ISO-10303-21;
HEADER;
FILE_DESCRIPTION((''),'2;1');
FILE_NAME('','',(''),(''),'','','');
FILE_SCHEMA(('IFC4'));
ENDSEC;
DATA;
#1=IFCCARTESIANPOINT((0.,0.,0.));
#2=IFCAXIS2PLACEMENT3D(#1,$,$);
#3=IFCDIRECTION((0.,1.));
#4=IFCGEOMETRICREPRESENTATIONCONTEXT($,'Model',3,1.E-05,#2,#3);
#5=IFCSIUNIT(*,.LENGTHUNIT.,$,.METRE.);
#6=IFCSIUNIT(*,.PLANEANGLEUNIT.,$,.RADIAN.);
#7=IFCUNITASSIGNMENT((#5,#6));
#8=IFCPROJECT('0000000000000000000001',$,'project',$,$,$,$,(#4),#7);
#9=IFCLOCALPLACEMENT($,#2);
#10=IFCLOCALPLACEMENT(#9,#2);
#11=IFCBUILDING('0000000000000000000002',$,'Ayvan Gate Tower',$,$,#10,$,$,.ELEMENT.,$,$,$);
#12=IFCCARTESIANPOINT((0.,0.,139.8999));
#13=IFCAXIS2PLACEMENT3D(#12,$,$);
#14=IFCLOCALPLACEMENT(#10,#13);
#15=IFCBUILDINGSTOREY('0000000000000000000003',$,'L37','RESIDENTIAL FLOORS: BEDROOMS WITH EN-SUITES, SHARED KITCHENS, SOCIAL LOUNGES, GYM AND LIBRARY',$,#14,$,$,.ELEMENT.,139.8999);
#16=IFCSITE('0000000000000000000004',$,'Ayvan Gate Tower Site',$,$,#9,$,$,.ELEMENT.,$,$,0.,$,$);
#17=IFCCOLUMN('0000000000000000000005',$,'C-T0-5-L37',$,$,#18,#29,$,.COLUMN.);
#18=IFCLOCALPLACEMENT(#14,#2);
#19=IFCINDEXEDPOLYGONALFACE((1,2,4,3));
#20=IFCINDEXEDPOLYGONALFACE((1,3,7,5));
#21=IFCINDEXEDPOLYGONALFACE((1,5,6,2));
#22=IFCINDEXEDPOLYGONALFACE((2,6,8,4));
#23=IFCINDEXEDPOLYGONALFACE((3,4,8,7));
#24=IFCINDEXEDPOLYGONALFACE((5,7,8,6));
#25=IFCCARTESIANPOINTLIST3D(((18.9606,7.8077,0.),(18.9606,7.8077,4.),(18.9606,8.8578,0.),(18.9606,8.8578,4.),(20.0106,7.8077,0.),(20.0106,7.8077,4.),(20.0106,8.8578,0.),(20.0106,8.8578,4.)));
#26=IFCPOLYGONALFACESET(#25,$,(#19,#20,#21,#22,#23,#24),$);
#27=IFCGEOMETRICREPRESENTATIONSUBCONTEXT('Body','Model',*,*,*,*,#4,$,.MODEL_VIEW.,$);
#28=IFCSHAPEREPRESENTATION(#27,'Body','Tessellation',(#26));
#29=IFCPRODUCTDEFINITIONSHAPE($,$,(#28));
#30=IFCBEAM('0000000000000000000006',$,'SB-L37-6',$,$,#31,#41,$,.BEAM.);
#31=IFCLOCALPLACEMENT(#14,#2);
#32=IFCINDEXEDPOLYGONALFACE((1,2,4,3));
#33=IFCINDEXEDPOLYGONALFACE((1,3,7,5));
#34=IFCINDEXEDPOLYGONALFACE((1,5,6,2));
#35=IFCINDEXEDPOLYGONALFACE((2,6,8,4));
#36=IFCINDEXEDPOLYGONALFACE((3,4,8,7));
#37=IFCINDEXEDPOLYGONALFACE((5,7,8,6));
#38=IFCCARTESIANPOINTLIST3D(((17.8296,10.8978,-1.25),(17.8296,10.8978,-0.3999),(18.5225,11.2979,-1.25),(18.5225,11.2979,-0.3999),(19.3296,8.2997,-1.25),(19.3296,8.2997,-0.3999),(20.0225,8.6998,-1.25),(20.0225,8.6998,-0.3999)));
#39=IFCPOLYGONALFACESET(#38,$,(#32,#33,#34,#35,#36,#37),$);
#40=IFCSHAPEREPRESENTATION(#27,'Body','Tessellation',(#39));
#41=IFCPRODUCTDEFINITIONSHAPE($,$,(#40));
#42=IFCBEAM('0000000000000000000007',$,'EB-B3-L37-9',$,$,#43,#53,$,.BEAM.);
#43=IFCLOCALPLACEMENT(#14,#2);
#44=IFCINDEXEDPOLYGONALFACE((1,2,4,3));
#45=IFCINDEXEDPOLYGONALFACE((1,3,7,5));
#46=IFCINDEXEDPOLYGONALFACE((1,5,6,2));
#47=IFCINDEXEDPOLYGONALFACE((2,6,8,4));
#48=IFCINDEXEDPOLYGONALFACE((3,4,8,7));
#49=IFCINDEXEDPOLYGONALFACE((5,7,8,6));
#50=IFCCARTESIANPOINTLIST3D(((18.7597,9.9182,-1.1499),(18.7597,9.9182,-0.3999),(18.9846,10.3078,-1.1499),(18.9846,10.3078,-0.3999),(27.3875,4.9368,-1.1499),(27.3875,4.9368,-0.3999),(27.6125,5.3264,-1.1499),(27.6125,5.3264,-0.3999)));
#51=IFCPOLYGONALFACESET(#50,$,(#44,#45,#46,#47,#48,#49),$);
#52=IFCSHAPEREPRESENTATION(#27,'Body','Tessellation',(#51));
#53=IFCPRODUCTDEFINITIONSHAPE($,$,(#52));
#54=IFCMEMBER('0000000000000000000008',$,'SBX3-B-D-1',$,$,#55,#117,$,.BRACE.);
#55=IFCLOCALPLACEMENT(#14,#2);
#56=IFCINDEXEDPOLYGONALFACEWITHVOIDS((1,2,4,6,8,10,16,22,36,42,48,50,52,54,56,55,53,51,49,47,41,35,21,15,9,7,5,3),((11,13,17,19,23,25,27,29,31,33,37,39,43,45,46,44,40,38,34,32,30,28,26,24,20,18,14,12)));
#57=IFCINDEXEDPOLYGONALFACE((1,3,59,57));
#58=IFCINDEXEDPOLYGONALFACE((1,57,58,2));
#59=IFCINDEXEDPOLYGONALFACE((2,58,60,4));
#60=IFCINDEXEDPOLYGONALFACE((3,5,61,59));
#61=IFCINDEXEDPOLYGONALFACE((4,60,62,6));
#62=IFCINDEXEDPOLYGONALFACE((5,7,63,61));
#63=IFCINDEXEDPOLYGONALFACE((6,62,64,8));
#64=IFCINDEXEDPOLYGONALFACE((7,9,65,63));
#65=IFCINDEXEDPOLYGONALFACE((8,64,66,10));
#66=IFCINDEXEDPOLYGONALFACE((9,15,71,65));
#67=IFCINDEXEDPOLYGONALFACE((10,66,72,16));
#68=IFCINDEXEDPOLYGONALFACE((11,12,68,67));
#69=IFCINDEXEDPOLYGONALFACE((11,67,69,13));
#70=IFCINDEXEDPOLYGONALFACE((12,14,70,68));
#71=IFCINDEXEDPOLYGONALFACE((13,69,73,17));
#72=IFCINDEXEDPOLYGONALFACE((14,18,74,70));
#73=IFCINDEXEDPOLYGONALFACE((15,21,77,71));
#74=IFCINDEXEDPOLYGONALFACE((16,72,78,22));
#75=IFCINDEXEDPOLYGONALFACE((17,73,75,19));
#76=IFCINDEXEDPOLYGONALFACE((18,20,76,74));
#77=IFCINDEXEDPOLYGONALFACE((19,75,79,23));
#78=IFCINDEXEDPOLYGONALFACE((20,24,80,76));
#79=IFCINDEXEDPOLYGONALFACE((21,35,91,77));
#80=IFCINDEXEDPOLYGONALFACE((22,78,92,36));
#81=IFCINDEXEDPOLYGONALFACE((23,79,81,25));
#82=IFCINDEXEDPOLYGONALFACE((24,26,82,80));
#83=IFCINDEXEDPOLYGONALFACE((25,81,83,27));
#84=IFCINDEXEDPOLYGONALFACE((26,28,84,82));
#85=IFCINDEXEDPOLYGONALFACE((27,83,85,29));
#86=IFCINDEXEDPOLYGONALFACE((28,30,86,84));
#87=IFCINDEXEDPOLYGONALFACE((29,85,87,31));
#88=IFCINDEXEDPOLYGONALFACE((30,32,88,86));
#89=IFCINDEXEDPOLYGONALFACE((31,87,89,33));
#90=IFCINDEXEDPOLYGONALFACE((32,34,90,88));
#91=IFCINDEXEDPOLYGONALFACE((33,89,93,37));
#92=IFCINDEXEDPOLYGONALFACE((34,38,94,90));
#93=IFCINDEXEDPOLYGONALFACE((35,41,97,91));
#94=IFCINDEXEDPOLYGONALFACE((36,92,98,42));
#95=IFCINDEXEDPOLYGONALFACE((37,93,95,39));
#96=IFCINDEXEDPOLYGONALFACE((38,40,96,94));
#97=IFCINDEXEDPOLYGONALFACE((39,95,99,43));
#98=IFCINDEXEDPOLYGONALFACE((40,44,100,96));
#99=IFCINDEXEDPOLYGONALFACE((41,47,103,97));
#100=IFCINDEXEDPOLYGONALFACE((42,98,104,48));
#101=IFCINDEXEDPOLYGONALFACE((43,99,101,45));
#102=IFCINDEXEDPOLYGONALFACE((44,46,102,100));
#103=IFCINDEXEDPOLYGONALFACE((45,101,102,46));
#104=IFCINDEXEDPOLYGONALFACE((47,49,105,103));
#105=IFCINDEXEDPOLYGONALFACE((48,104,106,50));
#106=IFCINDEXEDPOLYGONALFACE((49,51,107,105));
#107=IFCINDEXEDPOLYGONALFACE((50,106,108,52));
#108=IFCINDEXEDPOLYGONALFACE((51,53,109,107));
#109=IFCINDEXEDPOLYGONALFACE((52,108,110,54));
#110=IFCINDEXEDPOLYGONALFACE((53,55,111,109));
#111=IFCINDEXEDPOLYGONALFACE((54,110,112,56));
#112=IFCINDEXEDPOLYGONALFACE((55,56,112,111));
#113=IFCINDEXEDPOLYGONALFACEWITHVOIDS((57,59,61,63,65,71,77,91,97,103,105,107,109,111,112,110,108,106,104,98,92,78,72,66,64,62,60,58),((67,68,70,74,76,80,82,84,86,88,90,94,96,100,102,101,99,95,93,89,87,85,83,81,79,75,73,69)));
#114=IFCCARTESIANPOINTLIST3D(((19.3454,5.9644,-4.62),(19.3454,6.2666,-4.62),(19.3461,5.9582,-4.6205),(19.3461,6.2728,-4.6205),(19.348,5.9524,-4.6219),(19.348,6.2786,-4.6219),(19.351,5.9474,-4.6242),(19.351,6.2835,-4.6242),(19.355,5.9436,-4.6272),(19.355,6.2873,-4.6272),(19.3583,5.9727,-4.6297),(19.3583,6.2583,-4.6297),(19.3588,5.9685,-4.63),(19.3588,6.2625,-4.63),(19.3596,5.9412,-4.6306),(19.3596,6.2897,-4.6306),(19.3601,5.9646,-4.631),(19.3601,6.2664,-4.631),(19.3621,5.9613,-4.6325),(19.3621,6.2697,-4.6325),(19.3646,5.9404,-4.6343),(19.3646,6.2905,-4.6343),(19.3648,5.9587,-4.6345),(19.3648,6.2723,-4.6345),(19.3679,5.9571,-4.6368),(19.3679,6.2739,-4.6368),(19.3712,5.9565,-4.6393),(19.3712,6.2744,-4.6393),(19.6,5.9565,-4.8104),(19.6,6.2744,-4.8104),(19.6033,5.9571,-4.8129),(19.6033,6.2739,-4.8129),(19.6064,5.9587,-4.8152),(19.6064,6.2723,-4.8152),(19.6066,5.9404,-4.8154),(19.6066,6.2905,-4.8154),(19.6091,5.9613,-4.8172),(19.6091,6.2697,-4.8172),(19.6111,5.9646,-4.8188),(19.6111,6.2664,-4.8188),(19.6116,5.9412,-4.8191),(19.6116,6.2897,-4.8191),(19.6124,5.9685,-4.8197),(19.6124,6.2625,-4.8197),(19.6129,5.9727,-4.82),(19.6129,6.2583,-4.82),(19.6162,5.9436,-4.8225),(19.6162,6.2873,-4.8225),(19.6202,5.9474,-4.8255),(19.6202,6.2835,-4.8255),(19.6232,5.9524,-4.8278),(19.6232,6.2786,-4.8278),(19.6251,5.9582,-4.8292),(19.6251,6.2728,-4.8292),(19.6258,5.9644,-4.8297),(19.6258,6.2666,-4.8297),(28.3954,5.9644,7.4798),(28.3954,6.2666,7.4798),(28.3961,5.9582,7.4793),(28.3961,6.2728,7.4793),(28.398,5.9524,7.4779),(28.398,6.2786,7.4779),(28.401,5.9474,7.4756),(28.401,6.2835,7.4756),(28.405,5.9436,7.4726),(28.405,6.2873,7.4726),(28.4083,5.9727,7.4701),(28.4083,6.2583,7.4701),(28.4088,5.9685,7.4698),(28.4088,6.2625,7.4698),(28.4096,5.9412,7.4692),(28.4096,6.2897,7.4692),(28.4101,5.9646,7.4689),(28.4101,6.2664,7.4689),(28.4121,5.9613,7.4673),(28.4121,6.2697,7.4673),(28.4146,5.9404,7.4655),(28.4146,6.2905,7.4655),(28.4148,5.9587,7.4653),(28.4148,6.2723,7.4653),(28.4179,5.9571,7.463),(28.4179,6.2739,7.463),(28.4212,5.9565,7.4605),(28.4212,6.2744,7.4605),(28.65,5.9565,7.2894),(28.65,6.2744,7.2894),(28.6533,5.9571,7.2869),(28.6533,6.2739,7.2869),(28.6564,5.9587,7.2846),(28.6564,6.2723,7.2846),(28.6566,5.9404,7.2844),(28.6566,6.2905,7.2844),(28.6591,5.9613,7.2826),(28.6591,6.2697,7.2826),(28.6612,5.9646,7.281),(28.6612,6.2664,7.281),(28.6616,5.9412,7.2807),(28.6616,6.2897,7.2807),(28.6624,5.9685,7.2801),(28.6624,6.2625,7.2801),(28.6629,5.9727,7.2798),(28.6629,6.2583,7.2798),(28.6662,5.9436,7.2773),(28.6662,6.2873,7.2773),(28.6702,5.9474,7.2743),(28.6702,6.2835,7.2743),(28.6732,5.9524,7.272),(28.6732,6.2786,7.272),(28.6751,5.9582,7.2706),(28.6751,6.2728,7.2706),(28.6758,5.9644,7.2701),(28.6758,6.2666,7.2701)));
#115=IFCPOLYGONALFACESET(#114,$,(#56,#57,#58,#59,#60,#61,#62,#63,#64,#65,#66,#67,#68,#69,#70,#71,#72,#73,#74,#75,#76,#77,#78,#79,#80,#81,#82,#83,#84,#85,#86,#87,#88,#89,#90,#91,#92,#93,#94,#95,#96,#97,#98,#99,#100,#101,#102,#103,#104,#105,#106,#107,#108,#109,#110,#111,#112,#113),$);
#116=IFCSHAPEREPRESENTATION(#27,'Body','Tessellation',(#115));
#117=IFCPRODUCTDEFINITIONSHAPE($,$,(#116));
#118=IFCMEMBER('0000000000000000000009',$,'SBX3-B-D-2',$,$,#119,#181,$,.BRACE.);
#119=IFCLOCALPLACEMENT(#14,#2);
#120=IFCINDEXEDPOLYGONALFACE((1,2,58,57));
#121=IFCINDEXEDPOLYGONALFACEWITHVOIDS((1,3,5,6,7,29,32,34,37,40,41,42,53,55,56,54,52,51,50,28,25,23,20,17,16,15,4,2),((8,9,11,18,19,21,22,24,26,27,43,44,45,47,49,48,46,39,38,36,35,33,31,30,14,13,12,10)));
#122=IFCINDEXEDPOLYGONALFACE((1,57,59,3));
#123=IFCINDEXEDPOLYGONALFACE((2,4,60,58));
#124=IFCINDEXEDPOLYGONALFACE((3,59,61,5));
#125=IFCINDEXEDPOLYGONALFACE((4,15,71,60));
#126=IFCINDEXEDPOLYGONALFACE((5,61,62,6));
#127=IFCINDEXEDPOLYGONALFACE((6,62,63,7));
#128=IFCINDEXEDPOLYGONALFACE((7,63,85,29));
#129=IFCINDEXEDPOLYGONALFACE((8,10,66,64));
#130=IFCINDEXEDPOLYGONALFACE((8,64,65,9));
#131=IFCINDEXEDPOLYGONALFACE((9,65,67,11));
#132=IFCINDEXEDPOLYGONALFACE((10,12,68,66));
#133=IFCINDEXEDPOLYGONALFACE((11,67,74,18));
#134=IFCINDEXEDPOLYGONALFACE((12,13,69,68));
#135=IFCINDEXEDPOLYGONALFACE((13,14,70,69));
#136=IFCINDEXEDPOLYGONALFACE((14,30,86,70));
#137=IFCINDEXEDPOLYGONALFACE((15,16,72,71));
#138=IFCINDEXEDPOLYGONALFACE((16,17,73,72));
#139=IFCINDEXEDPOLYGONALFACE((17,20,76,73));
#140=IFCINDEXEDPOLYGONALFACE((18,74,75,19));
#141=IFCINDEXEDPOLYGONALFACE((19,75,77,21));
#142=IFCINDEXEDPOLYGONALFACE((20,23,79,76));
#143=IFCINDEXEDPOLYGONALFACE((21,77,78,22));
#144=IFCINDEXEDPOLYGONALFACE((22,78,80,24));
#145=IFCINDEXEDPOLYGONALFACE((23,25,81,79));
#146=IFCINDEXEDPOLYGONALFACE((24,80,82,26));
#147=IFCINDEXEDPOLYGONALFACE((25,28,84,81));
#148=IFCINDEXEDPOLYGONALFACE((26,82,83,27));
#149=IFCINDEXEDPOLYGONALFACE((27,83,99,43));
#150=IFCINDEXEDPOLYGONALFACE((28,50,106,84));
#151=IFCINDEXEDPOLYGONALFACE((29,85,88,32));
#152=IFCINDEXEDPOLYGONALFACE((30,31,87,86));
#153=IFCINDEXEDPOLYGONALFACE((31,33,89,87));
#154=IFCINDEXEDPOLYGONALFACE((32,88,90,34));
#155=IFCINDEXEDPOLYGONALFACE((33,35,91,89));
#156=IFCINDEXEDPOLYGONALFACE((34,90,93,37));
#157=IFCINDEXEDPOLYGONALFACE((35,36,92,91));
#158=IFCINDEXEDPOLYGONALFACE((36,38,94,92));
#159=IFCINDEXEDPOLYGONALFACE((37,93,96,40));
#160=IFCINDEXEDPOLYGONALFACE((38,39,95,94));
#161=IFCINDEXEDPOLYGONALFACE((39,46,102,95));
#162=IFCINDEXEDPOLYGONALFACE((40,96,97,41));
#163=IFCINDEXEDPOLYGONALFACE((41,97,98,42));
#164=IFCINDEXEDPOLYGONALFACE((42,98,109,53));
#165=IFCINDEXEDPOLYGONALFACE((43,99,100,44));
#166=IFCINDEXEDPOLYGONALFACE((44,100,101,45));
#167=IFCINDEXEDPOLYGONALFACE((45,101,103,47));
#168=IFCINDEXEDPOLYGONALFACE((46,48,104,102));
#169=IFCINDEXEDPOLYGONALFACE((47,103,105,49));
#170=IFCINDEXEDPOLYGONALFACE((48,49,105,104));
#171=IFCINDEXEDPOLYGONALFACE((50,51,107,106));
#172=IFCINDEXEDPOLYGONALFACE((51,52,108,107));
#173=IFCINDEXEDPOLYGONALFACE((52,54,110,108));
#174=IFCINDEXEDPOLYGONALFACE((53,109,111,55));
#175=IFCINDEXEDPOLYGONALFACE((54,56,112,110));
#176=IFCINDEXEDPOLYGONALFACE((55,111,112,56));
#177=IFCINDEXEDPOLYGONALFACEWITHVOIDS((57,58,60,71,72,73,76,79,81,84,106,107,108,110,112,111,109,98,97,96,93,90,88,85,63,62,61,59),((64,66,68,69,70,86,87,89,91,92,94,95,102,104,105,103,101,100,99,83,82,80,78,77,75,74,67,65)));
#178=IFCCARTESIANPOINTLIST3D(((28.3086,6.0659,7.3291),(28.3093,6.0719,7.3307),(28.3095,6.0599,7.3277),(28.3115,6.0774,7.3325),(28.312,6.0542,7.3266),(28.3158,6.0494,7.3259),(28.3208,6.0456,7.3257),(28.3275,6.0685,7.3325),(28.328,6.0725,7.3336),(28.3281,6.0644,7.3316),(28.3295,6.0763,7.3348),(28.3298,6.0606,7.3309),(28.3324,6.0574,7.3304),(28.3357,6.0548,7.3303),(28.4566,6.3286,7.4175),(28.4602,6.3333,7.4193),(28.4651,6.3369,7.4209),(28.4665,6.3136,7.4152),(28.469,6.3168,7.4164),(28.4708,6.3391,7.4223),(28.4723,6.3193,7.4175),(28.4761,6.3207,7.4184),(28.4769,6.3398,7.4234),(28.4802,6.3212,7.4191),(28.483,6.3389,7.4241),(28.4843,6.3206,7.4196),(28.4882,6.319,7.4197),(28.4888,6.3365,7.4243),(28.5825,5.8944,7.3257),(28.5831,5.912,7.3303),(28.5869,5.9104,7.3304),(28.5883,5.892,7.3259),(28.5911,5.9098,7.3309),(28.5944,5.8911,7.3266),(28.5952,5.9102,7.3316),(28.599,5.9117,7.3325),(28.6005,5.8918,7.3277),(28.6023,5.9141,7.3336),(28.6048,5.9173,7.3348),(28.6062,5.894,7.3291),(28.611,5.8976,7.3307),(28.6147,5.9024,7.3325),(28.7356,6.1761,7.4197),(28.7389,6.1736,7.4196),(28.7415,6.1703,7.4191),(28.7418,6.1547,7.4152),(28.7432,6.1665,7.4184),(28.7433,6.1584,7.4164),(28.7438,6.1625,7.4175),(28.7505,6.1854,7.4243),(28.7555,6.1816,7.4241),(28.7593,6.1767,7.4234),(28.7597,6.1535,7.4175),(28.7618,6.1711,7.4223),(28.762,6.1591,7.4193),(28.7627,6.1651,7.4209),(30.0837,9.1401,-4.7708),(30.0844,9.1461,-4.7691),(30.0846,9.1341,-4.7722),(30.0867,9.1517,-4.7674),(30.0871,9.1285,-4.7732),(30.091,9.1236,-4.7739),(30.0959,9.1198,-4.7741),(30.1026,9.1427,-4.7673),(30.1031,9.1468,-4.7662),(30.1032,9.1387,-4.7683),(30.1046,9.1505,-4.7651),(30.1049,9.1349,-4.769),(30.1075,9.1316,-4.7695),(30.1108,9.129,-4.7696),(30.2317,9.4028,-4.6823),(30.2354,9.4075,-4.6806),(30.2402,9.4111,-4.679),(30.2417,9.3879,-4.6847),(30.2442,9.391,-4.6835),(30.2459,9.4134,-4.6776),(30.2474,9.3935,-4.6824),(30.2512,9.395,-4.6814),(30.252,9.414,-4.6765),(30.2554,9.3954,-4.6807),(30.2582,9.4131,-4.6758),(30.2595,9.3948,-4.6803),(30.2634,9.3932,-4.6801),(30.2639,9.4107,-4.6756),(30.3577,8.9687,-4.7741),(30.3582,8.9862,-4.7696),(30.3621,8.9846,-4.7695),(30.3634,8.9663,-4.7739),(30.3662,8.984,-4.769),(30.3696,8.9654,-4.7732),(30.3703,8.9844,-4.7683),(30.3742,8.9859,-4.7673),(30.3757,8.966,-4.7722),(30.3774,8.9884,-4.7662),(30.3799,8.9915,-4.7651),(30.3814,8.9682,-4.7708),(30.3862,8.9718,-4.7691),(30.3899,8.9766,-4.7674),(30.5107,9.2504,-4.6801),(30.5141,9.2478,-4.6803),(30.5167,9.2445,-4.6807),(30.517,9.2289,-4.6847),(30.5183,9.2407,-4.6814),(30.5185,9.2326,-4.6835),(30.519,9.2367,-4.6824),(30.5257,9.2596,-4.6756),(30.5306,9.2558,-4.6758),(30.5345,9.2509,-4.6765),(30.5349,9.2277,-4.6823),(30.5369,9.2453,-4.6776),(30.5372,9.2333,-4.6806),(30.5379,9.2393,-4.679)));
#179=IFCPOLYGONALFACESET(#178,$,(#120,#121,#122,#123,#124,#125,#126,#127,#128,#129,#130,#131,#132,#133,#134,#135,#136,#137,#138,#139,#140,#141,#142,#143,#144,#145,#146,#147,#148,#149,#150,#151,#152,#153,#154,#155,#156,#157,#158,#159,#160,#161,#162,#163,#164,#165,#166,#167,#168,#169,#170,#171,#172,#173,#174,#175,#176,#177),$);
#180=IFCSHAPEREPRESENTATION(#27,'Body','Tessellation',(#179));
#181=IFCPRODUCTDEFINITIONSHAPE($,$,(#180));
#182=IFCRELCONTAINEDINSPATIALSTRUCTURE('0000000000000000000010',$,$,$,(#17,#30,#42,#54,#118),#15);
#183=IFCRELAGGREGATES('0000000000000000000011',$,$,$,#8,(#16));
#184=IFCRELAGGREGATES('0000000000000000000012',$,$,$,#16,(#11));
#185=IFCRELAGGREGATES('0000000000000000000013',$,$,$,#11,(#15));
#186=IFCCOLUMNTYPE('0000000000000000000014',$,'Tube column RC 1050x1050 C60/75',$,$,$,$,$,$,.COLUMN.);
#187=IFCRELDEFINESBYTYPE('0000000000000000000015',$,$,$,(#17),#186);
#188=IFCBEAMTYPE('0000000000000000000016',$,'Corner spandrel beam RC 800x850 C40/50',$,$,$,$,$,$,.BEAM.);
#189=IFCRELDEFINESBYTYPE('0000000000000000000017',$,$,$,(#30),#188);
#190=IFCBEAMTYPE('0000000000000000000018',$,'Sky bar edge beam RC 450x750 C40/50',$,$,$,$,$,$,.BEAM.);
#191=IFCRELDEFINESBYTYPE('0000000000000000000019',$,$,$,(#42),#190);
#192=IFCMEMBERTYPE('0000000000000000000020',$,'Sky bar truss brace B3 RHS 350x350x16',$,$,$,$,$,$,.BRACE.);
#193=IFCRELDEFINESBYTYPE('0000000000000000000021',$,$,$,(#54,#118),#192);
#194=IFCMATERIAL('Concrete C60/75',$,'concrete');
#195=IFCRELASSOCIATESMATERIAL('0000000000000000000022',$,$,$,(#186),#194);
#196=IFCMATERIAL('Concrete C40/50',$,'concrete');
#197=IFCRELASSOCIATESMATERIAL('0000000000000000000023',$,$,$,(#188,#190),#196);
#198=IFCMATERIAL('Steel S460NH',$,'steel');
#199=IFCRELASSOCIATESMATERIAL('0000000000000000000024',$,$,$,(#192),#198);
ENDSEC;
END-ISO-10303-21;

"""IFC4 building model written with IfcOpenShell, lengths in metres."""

from ifc_helpers import new_model, si_unit, direction, frame, origin, origin_2d, place, context, subcontext, project, spatial, rectangle, hollow_rectangle, extrude, material, material_profile, profile_set, type_object, element, save


model = new_model("IFC4")

# Units and contexts
model_context = context("Model", 3, precision=1e-05, world=origin(), true_north=direction((0.0, 1.0)))
body_context = subcontext(model_context, "Body", "Model", "MODEL_VIEW")
ifc_project = project(units=[si_unit("LENGTHUNIT", "METRE"), si_unit("PLANEANGLEUNIT", "RADIAN")], contexts=[model_context])

# Site, building, storey
site_placement = place(None, origin())
site = spatial("IfcSite", under=ifc_project, at=site_placement, Name="Ayvan Gate Tower Site", CompositionType="ELEMENT", RefElevation=0.0)
building_placement = place(site_placement, origin())
building = spatial("IfcBuilding", under=site, at=building_placement, Name="Ayvan Gate Tower", CompositionType="ELEMENT")
storey_placement = place(building_placement, frame((0.0, 0.0, 139.8999)))
storey = spatial("IfcBuildingStorey", under=building, at=storey_placement, Name="L37", Description="RESIDENTIAL FLOORS: BEDROOMS WITH EN-SUITES, SHARED KITCHENS, SOCIAL LOUNGES, GYM AND LIBRARY", CompositionType="ELEMENT", Elevation=139.8999)

# Column
ifc_material_1 = material(Name="Concrete C60/75", Category="concrete")
ifc_material_profile_1 = material_profile(ifc_material_1, rectangle(XDim=1.05, YDim=1.05, at=origin_2d()), Name="RC 1050x1050")
ifc_profile_set_1 = profile_set([ifc_material_profile_1], Name="Concrete C60/75")
column_type = type_object("IfcColumnType", Name="Tube column RC 1050x1050 C60/75", PredefinedType="COLUMN", material=ifc_profile_set_1)
column_placement = place(storey_placement, frame((19.4856, 8.3328, 0.0), z_axis=(0.0, 0.0, 1.0), x_axis=(1.0, 0.0, 0.0)))
element("IfcColumn", 1, at=column_placement, inside=storey, type_object=column_type, Name="C-T0-5-L37", PredefinedType="COLUMN", context=body_context, shape_type="SweptSolid", body=[
    extrude(rectangle(XDim=1.05, YDim=1.05, at=origin_2d()), origin(), (0.0, 0.0, 1.0), 4.0),
])

# Beams
ifc_material_2 = material(Name="Concrete C40/50", Category="concrete")
ifc_material_profile_2 = material_profile(ifc_material_2, rectangle(XDim=0.8, YDim=0.8501, at=origin_2d()), Name="RC 800x850")
ifc_profile_set_2 = profile_set([ifc_material_profile_2], Name="Concrete C40/50")
beam_type_1 = type_object("IfcBeamType", Name="Corner spandrel beam RC 800x850 C40/50", PredefinedType="BEAM", material=ifc_profile_set_2)
beam_1_placement = place(storey_placement, frame((19.676, 8.4998, -0.825), z_axis=(-0.49999, 0.866031, 0.0), x_axis=(-0.866031, -0.49999, 0.0)))
element("IfcBeam", 2, at=beam_1_placement, inside=storey, type_object=beam_type_1, Name="SB-L37-6", PredefinedType="BEAM", context=body_context, shape_type="SweptSolid", body=[
    extrude(rectangle(XDim=0.8, YDim=0.8501, at=origin_2d()), origin(), (0.0, 0.0, 1.0), 3.0),
])
ifc_material_profile_3 = material_profile(ifc_material_2, rectangle(XDim=0.45, YDim=0.75, at=origin_2d()), Name="RC 450x750")
ifc_profile_set_3 = profile_set([ifc_material_profile_3], Name="Concrete C40/50")
beam_type_2 = type_object("IfcBeamType", Name="Sky bar edge beam RC 450x750 C40/50", PredefinedType="BEAM", material=ifc_profile_set_3)
beam_2_placement = place(storey_placement, frame((27.5, 5.1316, -0.7749), z_axis=(-0.866021, 0.500008, 0.0), x_axis=(-0.500008, -0.866021, 0.0)))
element("IfcBeam", 3, at=beam_2_placement, inside=storey, type_object=beam_type_2, Name="EB-B3-L37-9", PredefinedType="BEAM", context=body_context, shape_type="SweptSolid", body=[
    extrude(rectangle(XDim=0.45, YDim=0.75, at=origin_2d()), origin(), (0.0, 0.0, 1.0), 9.9626),
])

# Members
ifc_material_3 = material(Name="Steel S460NH", Category="steel")
ifc_material_profile_4 = material_profile(ifc_material_3, hollow_rectangle(XDim=0.3501, YDim=0.3501, WallThickness=0.0161, InnerFilletRadius=0.0161, OuterFilletRadius=0.0239, at=origin_2d()), Name="RHS 350x350x16")
ifc_profile_set_4 = profile_set([ifc_material_profile_4], Name="Steel S460NH")
member_type_1 = type_object("IfcMemberType", Name="Sky bar truss brace B3 RHS 350x350x16", PredefinedType="BRACE", material=ifc_profile_set_4)
member_1_placement = place(storey_placement, frame((19.4856, 6.1155, -4.7249), z_axis=(0.598947, 0.0, 0.800788), x_axis=(0.0, 1.0, 0.0)))
element("IfcMember", 4, at=member_1_placement, inside=storey, type_object=member_type_1, Name="SBX3-B-D-1", PredefinedType="BRACE", context=body_context, shape_type="SweptSolid", body=[
    extrude(hollow_rectangle(XDim=0.3501, YDim=0.3501, WallThickness=0.0161, InnerFilletRadius=0.0161, OuterFilletRadius=0.0239, at=origin_2d()), origin(), (0.0, 0.0, 1.0), 15.1099),
])
for number, where, z_axis, x_axis, name in (
    (5, (28.5356, 6.1155, 7.375), (0.140775, 0.243795, -0.959555), (-0.865995, 0.500052, 0.0), "SBX3-B-D-2"),
):
    element("IfcMember", number, at=place(storey_placement, frame(where, z_axis=z_axis, x_axis=x_axis)), inside=storey, type_object=member_type_1, Name=name, PredefinedType="BRACE", context=body_context, shape_type="SweptSolid", body=[
        extrude(hollow_rectangle(XDim=0.3501, YDim=0.3501, WallThickness=0.0161, InnerFilletRadius=0.0161, OuterFilletRadius=0.0239, at=origin_2d()), origin(), (0.0, 0.0, 1.0), 12.6099),
    ])

save(model, "model.ifc")
